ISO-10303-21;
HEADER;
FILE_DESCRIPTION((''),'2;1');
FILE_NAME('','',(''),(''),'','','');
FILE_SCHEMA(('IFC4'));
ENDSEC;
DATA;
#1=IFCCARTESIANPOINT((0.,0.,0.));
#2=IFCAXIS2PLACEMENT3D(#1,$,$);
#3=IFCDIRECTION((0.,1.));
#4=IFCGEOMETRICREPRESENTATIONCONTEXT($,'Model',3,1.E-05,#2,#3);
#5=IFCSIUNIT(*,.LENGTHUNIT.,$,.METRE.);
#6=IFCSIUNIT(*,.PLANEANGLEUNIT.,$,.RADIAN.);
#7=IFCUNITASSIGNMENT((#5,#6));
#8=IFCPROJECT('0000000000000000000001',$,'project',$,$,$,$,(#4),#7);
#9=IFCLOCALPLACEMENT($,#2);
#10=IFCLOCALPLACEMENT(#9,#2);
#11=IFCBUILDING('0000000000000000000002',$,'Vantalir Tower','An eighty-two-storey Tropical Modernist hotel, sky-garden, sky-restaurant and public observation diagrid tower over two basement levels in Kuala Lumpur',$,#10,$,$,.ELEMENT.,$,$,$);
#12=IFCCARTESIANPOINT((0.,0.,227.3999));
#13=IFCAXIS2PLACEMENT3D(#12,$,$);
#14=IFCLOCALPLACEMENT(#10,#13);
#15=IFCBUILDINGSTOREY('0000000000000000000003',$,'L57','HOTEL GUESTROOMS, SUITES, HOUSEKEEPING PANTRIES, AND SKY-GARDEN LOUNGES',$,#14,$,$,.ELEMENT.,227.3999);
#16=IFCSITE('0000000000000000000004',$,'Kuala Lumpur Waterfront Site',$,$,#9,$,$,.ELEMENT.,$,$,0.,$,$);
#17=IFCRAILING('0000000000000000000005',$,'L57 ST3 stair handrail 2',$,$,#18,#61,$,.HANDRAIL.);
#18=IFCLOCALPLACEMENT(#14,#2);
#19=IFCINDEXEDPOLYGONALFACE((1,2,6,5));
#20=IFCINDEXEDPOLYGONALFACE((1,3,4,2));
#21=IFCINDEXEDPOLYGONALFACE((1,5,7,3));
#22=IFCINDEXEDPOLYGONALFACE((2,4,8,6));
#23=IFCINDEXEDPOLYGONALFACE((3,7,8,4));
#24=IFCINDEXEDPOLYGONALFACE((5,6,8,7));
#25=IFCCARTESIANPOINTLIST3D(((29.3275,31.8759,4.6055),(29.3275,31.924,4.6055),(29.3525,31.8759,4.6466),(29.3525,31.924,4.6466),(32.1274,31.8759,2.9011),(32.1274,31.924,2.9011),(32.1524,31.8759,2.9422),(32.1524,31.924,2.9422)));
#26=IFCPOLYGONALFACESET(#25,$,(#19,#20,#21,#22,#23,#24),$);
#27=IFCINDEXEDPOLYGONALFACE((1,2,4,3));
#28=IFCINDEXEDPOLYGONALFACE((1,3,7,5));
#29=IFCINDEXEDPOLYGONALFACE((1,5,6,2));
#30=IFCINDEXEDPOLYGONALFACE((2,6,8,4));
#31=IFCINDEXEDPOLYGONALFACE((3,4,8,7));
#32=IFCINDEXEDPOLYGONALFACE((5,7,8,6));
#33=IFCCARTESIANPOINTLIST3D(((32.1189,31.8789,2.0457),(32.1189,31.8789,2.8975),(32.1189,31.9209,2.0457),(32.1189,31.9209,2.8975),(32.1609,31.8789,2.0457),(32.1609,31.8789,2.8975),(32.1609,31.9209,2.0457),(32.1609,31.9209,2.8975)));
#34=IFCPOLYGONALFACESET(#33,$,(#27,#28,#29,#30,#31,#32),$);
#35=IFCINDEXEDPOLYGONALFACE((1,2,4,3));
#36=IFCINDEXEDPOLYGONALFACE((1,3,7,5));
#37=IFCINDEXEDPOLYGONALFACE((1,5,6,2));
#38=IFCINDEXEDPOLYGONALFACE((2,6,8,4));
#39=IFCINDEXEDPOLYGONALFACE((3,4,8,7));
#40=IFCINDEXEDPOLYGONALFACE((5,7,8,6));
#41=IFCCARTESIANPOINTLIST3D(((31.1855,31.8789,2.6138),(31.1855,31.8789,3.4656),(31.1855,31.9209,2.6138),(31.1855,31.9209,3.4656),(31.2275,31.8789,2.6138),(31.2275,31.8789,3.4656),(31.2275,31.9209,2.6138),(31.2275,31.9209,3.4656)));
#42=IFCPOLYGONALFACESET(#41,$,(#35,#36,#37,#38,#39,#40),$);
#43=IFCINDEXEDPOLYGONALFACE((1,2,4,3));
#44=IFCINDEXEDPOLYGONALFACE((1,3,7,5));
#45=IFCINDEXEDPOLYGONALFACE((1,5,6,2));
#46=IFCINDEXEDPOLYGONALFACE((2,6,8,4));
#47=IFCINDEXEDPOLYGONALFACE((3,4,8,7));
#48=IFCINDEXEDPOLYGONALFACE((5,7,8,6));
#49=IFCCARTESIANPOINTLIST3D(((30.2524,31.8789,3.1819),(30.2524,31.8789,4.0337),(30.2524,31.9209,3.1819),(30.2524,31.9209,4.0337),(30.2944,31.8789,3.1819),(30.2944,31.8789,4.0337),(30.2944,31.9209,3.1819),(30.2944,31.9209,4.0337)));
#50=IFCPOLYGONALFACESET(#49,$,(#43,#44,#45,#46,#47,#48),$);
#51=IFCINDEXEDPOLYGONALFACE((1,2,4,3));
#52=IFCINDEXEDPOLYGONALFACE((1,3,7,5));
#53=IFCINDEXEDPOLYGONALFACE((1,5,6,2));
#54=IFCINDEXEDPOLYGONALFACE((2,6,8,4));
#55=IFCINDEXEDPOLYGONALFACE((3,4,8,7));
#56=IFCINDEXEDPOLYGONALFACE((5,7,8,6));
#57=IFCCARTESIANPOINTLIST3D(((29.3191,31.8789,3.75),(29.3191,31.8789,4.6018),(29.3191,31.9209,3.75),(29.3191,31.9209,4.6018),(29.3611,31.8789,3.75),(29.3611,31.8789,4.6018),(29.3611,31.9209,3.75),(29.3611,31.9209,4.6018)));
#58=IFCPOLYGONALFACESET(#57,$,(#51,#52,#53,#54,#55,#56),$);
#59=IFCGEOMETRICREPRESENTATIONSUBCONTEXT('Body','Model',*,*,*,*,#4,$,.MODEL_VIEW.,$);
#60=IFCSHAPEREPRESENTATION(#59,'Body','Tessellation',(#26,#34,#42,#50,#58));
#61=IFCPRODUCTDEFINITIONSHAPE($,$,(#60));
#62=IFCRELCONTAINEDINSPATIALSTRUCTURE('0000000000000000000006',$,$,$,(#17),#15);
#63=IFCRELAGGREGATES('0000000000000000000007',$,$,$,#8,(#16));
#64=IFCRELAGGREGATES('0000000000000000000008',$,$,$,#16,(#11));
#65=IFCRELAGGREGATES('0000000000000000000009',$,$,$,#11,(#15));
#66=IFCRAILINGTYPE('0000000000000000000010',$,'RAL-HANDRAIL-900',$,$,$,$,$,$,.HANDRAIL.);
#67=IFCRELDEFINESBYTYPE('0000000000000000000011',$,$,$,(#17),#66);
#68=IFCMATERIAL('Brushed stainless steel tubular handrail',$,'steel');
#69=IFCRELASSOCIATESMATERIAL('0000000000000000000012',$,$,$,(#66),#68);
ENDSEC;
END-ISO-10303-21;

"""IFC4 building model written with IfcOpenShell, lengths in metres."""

from ifc_helpers import new_model, si_unit, direction, frame, origin, origin_2d, place, context, subcontext, project, spatial, rectangle, extrude, material, type_object, element, save


model = new_model("IFC4")

# Units and contexts
model_context = context("Model", 3, precision=1e-05, world=origin(), true_north=direction((0.0, 1.0)))
body_context = subcontext(model_context, "Body", "Model", "MODEL_VIEW")
ifc_project = project(units=[si_unit("LENGTHUNIT", "METRE"), si_unit("PLANEANGLEUNIT", "RADIAN")], contexts=[model_context])

# Site, building, storey
site_placement = place(None, origin())
site = spatial("IfcSite", under=ifc_project, at=site_placement, Name="Kuala Lumpur Waterfront Site", CompositionType="ELEMENT", RefElevation=0.0)
building_placement = place(site_placement, origin())
building = spatial("IfcBuilding", under=site, at=building_placement, Name="Vantalir Tower", Description="An eighty-two-storey Tropical Modernist hotel, sky-garden, sky-restaurant and public observation diagrid tower over two basement levels in Kuala Lumpur", CompositionType="ELEMENT")
storey_placement = place(building_placement, frame((0.0, 0.0, 227.3999)))
storey = spatial("IfcBuildingStorey", under=building, at=storey_placement, Name="L57", Description="HOTEL GUESTROOMS, SUITES, HOUSEKEEPING PANTRIES, AND SKY-GARDEN LOUNGES", CompositionType="ELEMENT", Elevation=227.3999)

# Railing
ifc_material_1 = material(Name="Brushed stainless steel tubular handrail", Category="steel")
railing_type_1 = type_object("IfcRailingType", Name="RAL-HANDRAIL-900", PredefinedType="HANDRAIL", material=ifc_material_1)
railing_1_placement = place(storey_placement, frame((32.1399, 31.8999, 2.0457)))
element("IfcRailing", 1, at=railing_1_placement, inside=storey, type_object=railing_type_1, Name="L57 ST3 stair handrail 2", PredefinedType="HANDRAIL", context=body_context, shape_type="SweptSolid", body=[
    extrude(rectangle(XDim=0.0481, YDim=0.0481, at=origin_2d()), frame((0.0, 0.0, 0.876), z_axis=(-0.854183, 0.0, 0.519973), x_axis=(0.0, -1.0, 0.0)), (0.0, 0.0, 1.0), 3.2778),
    extrude(rectangle(XDim=0.042, YDim=0.042, at=origin_2d()), origin(), (0.0, 0.0, 1.0), 0.8518),
    extrude(rectangle(XDim=0.042, YDim=0.042, at=origin_2d()), frame((-0.9333, 0.0, 0.5681)), (0.0, 0.0, 1.0), 0.8518),
    extrude(rectangle(XDim=0.042, YDim=0.042, at=origin_2d()), frame((-1.8665, 0.0, 1.1362)), (0.0, 0.0, 1.0), 0.8518),
    extrude(rectangle(XDim=0.042, YDim=0.042, at=origin_2d()), frame((-2.7998, 0.0, 1.7043)), (0.0, 0.0, 1.0), 0.8518),
])

save(model, "model.ifc")
